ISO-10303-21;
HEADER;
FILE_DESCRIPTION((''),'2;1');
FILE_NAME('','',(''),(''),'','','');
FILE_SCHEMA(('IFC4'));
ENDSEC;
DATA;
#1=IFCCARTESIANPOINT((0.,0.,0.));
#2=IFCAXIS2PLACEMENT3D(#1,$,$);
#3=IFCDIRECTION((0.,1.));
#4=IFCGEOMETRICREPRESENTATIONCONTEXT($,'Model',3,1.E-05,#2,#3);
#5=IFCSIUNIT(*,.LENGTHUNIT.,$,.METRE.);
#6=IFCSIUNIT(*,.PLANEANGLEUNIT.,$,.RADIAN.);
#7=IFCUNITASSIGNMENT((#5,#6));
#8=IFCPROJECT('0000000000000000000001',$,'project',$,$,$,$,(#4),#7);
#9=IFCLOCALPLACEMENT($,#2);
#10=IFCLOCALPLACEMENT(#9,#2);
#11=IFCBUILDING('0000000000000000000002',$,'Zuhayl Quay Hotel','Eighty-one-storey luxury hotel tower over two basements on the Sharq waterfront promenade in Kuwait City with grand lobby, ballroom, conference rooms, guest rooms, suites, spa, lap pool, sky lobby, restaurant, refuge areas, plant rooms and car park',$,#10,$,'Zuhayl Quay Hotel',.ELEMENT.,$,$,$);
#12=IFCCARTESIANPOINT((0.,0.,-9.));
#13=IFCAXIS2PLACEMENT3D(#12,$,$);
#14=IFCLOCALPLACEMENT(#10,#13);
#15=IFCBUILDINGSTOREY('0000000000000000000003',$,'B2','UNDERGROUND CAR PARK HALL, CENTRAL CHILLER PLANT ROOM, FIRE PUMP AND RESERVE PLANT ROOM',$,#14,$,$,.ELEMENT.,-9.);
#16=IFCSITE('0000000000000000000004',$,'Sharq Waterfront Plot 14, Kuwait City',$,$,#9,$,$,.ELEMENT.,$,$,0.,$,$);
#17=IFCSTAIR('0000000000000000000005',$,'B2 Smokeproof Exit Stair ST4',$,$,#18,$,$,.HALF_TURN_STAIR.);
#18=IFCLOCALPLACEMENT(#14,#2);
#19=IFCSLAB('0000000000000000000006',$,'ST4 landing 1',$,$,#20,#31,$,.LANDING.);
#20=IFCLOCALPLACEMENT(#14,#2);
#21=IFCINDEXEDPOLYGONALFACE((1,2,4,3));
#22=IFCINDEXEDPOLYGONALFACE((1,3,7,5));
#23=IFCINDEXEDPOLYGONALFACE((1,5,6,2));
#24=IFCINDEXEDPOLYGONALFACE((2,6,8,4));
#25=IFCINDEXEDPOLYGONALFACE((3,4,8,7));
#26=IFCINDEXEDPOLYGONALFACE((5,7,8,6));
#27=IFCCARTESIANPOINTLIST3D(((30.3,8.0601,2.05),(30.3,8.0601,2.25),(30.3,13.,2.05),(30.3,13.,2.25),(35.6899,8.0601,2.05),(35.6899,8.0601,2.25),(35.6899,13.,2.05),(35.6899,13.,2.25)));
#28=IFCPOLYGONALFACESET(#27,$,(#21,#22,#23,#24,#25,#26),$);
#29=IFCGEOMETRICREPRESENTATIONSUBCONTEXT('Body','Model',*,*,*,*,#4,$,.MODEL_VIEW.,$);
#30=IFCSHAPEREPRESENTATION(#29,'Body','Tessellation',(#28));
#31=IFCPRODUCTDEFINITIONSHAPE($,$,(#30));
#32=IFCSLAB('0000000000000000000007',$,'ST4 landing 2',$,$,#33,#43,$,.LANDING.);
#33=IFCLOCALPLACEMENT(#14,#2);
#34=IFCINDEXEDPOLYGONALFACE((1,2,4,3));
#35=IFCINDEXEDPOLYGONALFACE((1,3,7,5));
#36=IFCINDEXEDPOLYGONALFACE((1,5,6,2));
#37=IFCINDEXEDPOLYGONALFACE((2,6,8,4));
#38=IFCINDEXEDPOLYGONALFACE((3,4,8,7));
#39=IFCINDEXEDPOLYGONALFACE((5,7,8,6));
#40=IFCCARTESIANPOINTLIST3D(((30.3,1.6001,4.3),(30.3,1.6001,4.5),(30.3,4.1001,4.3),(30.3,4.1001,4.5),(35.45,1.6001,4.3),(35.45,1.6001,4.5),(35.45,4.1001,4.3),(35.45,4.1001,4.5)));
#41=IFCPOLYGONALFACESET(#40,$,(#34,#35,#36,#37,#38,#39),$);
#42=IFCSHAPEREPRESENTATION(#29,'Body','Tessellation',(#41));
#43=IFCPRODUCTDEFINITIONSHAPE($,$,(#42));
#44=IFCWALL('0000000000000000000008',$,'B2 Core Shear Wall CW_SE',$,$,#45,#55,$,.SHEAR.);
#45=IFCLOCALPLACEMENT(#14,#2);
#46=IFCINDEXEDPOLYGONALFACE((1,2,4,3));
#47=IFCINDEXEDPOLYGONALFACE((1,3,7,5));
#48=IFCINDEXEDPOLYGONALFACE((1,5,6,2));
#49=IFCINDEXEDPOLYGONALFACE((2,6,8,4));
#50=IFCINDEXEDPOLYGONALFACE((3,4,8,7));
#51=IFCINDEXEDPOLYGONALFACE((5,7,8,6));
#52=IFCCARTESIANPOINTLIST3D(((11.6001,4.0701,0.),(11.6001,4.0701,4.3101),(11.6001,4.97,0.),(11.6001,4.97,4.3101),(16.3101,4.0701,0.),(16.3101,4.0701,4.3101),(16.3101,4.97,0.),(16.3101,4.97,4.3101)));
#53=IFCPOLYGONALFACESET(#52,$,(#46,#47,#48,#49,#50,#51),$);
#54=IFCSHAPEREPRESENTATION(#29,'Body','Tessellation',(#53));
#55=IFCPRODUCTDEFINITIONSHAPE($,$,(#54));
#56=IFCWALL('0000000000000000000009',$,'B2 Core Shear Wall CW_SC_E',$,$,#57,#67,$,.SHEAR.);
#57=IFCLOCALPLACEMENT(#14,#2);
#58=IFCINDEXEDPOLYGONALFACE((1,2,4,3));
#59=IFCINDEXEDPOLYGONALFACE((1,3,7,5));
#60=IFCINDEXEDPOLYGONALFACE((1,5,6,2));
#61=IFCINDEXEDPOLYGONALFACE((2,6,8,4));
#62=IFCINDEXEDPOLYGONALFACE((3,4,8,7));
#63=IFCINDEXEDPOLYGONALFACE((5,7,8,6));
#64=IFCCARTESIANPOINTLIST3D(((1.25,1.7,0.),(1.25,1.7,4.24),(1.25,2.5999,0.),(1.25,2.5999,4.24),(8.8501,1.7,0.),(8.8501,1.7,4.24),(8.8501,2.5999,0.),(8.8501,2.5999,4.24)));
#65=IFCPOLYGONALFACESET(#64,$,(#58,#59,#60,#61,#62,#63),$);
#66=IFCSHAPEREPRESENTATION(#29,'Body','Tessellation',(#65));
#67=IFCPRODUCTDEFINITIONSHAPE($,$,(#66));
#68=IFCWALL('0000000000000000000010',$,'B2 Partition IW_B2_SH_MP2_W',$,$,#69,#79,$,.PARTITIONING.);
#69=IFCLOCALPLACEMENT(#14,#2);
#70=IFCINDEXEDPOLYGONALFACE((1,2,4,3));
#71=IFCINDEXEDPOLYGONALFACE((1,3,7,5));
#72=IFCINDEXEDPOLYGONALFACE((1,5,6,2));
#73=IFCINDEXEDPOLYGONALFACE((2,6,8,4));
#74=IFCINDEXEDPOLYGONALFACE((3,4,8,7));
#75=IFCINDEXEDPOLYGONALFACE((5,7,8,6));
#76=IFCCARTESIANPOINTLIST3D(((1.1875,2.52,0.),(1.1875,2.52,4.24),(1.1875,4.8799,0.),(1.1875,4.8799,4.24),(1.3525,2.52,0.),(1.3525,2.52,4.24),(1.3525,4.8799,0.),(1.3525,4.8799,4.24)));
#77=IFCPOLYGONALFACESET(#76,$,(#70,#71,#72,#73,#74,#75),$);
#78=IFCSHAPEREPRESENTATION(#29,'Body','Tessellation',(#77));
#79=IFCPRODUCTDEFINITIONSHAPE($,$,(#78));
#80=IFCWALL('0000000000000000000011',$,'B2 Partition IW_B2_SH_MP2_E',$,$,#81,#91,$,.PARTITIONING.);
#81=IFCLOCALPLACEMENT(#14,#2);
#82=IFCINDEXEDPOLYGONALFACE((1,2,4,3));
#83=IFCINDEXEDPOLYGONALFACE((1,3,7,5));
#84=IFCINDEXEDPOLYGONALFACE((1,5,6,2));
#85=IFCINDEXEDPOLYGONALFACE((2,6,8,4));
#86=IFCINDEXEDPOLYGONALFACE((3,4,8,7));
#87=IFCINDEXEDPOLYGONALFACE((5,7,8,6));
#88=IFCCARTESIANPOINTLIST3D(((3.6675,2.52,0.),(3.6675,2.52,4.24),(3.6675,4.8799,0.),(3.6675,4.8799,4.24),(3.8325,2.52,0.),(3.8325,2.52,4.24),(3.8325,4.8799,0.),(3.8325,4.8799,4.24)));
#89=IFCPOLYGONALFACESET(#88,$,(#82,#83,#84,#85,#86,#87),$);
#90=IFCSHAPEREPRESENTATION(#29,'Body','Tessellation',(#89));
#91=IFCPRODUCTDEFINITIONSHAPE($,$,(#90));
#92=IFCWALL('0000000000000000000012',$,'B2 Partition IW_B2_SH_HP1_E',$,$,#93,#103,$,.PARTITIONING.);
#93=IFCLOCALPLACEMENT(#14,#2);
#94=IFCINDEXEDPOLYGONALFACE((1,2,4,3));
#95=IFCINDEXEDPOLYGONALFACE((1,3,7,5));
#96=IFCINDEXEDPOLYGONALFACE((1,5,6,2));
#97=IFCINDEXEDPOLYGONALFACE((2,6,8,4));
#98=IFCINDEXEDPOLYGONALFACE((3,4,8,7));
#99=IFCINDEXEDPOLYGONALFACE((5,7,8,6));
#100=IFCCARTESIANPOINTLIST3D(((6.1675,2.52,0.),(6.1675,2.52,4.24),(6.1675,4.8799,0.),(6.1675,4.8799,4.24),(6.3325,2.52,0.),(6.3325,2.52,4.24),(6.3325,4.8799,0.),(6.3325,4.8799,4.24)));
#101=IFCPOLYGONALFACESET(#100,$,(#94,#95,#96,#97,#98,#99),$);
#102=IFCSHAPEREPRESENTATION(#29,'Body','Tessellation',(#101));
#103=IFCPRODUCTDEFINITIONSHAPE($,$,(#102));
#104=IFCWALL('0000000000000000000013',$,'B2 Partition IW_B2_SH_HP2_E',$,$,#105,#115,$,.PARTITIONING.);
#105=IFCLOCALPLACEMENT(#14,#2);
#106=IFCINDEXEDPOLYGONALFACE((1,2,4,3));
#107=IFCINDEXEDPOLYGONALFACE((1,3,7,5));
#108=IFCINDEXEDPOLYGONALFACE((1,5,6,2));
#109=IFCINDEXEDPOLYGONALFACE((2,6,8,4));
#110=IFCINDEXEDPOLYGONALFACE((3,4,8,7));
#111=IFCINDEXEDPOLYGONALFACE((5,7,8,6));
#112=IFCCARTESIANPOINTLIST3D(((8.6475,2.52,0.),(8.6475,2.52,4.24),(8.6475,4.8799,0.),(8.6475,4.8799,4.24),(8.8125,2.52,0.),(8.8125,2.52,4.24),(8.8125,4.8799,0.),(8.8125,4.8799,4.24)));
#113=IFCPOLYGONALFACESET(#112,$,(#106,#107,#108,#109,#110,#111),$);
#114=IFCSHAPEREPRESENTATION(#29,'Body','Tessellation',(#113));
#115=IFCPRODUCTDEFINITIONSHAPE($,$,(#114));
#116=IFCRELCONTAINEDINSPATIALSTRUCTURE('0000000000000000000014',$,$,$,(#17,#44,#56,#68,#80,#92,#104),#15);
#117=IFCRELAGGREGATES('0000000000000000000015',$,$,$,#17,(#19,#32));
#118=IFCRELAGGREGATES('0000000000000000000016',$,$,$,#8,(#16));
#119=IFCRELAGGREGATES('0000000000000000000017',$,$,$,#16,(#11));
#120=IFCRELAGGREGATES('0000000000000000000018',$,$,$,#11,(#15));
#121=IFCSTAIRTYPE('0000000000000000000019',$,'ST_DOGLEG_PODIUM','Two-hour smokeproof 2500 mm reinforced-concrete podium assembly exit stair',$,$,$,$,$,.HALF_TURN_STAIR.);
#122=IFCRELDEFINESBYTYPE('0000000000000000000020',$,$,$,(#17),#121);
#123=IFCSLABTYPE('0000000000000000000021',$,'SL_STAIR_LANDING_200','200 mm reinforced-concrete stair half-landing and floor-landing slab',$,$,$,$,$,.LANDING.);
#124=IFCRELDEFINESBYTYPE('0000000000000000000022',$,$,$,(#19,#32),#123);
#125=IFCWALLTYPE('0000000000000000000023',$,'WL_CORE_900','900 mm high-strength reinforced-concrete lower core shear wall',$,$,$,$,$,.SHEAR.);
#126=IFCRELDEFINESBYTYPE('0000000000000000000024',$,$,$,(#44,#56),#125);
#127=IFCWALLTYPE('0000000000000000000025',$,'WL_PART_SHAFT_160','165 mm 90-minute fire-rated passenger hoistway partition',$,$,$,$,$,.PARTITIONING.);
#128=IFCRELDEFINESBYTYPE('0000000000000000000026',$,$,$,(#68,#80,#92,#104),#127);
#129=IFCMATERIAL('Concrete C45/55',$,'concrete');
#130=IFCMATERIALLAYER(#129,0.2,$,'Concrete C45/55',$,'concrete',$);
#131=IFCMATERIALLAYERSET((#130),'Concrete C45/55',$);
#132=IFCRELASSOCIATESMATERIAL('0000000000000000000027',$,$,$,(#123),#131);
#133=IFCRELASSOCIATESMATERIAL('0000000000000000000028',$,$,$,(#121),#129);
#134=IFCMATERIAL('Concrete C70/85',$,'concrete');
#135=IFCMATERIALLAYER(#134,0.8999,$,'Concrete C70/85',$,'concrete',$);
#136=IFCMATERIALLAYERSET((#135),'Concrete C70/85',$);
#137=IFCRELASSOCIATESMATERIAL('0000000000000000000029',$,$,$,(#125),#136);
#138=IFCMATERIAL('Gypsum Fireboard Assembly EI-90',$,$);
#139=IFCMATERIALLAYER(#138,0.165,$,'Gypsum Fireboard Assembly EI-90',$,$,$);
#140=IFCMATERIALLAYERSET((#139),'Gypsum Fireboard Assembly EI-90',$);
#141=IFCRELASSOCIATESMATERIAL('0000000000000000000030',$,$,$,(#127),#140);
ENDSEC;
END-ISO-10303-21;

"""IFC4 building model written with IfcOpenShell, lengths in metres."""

from ifc_helpers import new_model, si_unit, direction, frame, frame_2d, origin, place, context, subcontext, project, spatial, polyline, rectangle, outline, extrude, material, layer, layer_set, type_object, element, aggregate, save


model = new_model("IFC4")

# Units and contexts
model_context = context("Model", 3, precision=1e-05, world=origin(), true_north=direction((0.0, 1.0)))
body_context = subcontext(model_context, "Body", "Model", "MODEL_VIEW")
ifc_project = project(units=[si_unit("LENGTHUNIT", "METRE"), si_unit("PLANEANGLEUNIT", "RADIAN")], contexts=[model_context])

# Site, building, storey
site_placement = place(None, origin())
site = spatial("IfcSite", under=ifc_project, at=site_placement, Name="Sharq Waterfront Plot 14, Kuwait City", CompositionType="ELEMENT", RefElevation=0.0)
building_placement = place(site_placement, origin())
building = spatial("IfcBuilding", under=site, at=building_placement, Name="Zuhayl Quay Hotel", Description="Eighty-one-storey luxury hotel tower over two basements on the Sharq waterfront promenade in Kuwait City with grand lobby, ballroom, conference rooms, guest rooms, suites, spa, lap pool, sky lobby, restaurant, refuge areas, plant rooms and car park", LongName="Zuhayl Quay Hotel", CompositionType="ELEMENT")
storey_placement = place(building_placement, frame((0.0, 0.0, -9.0)))
storey = spatial("IfcBuildingStorey", under=building, at=storey_placement, Name="B2", Description="UNDERGROUND CAR PARK HALL, CENTRAL CHILLER PLANT ROOM, FIRE PUMP AND RESERVE PLANT ROOM", CompositionType="ELEMENT", Elevation=-9.0)

# Shared definitions
ifc_material_1 = material(Name="Concrete C70/85", Category="concrete")

# Shared definitions
ifc_material_2 = material(Name="Concrete C45/55", Category="concrete")

# Stair, slabs
ifc_layer_1 = layer(ifc_material_2, 0.2, Name="Concrete C45/55", Category="concrete")
ifc_layer_set_1 = layer_set([ifc_layer_1], Name="Concrete C45/55")
slab_type_1 = type_object("IfcSlabType", Name="SL_STAIR_LANDING_200", Description="200 mm reinforced-concrete stair half-landing and floor-landing slab", PredefinedType="LANDING", material=ifc_layer_set_1)
stair_type_1 = type_object("IfcStairType", Name="ST_DOGLEG_PODIUM", Description="Two-hour smokeproof 2500 mm reinforced-concrete podium assembly exit stair", PredefinedType="HALF_TURN_STAIR", material=ifc_material_2)
stair_1_placement = place(storey_placement, origin())
stair_1 = element("IfcStair", 1, at=stair_1_placement, inside=storey, type_object=stair_type_1, Name="B2 Smokeproof Exit Stair ST4", PredefinedType="HALF_TURN_STAIR")
slab_1_placement = place(storey_placement, frame((0.0, 0.0, 2.05)))
slab_1 = element("IfcSlab", 2, at=slab_1_placement, type_object=slab_type_1, Name="ST4 landing 1", PredefinedType="LANDING", context=body_context, shape_type="SweptSolid", body=[
    extrude(outline(polyline([(35.6899, 8.0601), (35.6899, 13.0), (30.3, 13.0), (30.3, 8.0601), (35.6899, 8.0601)])), origin(), (0.0, 0.0, 1.0), 0.2),
])
slab_2_placement = place(storey_placement, frame((0.0, 0.0, 4.3)))
slab_2 = element("IfcSlab", 3, at=slab_2_placement, type_object=slab_type_1, Name="ST4 landing 2", PredefinedType="LANDING", context=body_context, shape_type="SweptSolid", body=[
    extrude(outline(polyline([(35.45, 1.6001), (35.45, 4.1001), (30.3, 4.1001), (30.3, 1.6001), (35.45, 1.6001)])), origin(), (0.0, 0.0, 1.0), 0.2),
])
aggregate(stair_1, [slab_1, slab_2])

# Walls
ifc_layer_2 = layer(ifc_material_1, 0.8999, Name="Concrete C70/85", Category="concrete")
ifc_layer_set_2 = layer_set([ifc_layer_2], Name="Concrete C70/85")
wall_type_1 = type_object("IfcWallType", Name="WL_CORE_900", Description="900 mm high-strength reinforced-concrete lower core shear wall", PredefinedType="SHEAR", material=ifc_layer_set_2)
wall_1_placement = place(storey_placement, frame((11.6001, 4.52, 0.0), z_axis=(0.0, 0.0, 1.0), x_axis=(1.0, 0.0, 0.0)))
element("IfcWall", 4, at=wall_1_placement, inside=storey, type_object=wall_type_1, Name="B2 Core Shear Wall CW_SE", PredefinedType="SHEAR", context=body_context, shape_type="SweptSolid", body=[
    extrude(rectangle(XDim=4.71, YDim=0.8999, at=frame_2d((2.355, 0.0))), origin(), (0.0, 0.0, 1.0), 4.3101),
])
wall_2_placement = place(storey_placement, frame((1.25, 2.1499, 0.0), z_axis=(0.0, 0.0, 1.0), x_axis=(1.0, 0.0, 0.0)))
element("IfcWall", 5, at=wall_2_placement, inside=storey, type_object=wall_type_1, Name="B2 Core Shear Wall CW_SC_E", PredefinedType="SHEAR", context=body_context, shape_type="SweptSolid", body=[
    extrude(rectangle(XDim=7.6001, YDim=0.8999, at=frame_2d((3.8, 0.0))), origin(), (0.0, 0.0, 1.0), 4.24),
])
ifc_material_3 = material(Name="Gypsum Fireboard Assembly EI-90")
ifc_layer_3 = layer(ifc_material_3, 0.165, Name="Gypsum Fireboard Assembly EI-90")
ifc_layer_set_3 = layer_set([ifc_layer_3], Name="Gypsum Fireboard Assembly EI-90")
wall_type_2 = type_object("IfcWallType", Name="WL_PART_SHAFT_160", Description="165 mm 90-minute fire-rated passenger hoistway partition", PredefinedType="PARTITIONING", material=ifc_layer_set_3)
for number, where, z_axis, x_axis, name in (
    (6, (1.27, 2.52, 0.0), (0.0, 0.0, 1.0), (0.0, 1.0, 0.0), "B2 Partition IW_B2_SH_MP2_W"),
    (7, (3.75, 2.52, 0.0), (0.0, 0.0, 1.0), (0.0, 1.0, 0.0), "B2 Partition IW_B2_SH_MP2_E"),
    (8, (6.25, 2.52, 0.0), (0.0, 0.0, 1.0), (0.0, 1.0, 0.0), "B2 Partition IW_B2_SH_HP1_E"),
    (9, (8.73, 2.52, 0.0), (0.0, 0.0, 1.0), (0.0, 1.0, 0.0), "B2 Partition IW_B2_SH_HP2_E"),
):
    element("IfcWall", number, at=place(storey_placement, frame(where, z_axis=z_axis, x_axis=x_axis)), inside=storey, type_object=wall_type_2, Name=name, PredefinedType="PARTITIONING", context=body_context, shape_type="SweptSolid", body=[
        extrude(rectangle(XDim=2.3599, YDim=0.165, at=frame_2d((1.1799, 0.0))), origin(), (0.0, 0.0, 1.0), 4.24),
    ])

save(model, "model.ifc")
